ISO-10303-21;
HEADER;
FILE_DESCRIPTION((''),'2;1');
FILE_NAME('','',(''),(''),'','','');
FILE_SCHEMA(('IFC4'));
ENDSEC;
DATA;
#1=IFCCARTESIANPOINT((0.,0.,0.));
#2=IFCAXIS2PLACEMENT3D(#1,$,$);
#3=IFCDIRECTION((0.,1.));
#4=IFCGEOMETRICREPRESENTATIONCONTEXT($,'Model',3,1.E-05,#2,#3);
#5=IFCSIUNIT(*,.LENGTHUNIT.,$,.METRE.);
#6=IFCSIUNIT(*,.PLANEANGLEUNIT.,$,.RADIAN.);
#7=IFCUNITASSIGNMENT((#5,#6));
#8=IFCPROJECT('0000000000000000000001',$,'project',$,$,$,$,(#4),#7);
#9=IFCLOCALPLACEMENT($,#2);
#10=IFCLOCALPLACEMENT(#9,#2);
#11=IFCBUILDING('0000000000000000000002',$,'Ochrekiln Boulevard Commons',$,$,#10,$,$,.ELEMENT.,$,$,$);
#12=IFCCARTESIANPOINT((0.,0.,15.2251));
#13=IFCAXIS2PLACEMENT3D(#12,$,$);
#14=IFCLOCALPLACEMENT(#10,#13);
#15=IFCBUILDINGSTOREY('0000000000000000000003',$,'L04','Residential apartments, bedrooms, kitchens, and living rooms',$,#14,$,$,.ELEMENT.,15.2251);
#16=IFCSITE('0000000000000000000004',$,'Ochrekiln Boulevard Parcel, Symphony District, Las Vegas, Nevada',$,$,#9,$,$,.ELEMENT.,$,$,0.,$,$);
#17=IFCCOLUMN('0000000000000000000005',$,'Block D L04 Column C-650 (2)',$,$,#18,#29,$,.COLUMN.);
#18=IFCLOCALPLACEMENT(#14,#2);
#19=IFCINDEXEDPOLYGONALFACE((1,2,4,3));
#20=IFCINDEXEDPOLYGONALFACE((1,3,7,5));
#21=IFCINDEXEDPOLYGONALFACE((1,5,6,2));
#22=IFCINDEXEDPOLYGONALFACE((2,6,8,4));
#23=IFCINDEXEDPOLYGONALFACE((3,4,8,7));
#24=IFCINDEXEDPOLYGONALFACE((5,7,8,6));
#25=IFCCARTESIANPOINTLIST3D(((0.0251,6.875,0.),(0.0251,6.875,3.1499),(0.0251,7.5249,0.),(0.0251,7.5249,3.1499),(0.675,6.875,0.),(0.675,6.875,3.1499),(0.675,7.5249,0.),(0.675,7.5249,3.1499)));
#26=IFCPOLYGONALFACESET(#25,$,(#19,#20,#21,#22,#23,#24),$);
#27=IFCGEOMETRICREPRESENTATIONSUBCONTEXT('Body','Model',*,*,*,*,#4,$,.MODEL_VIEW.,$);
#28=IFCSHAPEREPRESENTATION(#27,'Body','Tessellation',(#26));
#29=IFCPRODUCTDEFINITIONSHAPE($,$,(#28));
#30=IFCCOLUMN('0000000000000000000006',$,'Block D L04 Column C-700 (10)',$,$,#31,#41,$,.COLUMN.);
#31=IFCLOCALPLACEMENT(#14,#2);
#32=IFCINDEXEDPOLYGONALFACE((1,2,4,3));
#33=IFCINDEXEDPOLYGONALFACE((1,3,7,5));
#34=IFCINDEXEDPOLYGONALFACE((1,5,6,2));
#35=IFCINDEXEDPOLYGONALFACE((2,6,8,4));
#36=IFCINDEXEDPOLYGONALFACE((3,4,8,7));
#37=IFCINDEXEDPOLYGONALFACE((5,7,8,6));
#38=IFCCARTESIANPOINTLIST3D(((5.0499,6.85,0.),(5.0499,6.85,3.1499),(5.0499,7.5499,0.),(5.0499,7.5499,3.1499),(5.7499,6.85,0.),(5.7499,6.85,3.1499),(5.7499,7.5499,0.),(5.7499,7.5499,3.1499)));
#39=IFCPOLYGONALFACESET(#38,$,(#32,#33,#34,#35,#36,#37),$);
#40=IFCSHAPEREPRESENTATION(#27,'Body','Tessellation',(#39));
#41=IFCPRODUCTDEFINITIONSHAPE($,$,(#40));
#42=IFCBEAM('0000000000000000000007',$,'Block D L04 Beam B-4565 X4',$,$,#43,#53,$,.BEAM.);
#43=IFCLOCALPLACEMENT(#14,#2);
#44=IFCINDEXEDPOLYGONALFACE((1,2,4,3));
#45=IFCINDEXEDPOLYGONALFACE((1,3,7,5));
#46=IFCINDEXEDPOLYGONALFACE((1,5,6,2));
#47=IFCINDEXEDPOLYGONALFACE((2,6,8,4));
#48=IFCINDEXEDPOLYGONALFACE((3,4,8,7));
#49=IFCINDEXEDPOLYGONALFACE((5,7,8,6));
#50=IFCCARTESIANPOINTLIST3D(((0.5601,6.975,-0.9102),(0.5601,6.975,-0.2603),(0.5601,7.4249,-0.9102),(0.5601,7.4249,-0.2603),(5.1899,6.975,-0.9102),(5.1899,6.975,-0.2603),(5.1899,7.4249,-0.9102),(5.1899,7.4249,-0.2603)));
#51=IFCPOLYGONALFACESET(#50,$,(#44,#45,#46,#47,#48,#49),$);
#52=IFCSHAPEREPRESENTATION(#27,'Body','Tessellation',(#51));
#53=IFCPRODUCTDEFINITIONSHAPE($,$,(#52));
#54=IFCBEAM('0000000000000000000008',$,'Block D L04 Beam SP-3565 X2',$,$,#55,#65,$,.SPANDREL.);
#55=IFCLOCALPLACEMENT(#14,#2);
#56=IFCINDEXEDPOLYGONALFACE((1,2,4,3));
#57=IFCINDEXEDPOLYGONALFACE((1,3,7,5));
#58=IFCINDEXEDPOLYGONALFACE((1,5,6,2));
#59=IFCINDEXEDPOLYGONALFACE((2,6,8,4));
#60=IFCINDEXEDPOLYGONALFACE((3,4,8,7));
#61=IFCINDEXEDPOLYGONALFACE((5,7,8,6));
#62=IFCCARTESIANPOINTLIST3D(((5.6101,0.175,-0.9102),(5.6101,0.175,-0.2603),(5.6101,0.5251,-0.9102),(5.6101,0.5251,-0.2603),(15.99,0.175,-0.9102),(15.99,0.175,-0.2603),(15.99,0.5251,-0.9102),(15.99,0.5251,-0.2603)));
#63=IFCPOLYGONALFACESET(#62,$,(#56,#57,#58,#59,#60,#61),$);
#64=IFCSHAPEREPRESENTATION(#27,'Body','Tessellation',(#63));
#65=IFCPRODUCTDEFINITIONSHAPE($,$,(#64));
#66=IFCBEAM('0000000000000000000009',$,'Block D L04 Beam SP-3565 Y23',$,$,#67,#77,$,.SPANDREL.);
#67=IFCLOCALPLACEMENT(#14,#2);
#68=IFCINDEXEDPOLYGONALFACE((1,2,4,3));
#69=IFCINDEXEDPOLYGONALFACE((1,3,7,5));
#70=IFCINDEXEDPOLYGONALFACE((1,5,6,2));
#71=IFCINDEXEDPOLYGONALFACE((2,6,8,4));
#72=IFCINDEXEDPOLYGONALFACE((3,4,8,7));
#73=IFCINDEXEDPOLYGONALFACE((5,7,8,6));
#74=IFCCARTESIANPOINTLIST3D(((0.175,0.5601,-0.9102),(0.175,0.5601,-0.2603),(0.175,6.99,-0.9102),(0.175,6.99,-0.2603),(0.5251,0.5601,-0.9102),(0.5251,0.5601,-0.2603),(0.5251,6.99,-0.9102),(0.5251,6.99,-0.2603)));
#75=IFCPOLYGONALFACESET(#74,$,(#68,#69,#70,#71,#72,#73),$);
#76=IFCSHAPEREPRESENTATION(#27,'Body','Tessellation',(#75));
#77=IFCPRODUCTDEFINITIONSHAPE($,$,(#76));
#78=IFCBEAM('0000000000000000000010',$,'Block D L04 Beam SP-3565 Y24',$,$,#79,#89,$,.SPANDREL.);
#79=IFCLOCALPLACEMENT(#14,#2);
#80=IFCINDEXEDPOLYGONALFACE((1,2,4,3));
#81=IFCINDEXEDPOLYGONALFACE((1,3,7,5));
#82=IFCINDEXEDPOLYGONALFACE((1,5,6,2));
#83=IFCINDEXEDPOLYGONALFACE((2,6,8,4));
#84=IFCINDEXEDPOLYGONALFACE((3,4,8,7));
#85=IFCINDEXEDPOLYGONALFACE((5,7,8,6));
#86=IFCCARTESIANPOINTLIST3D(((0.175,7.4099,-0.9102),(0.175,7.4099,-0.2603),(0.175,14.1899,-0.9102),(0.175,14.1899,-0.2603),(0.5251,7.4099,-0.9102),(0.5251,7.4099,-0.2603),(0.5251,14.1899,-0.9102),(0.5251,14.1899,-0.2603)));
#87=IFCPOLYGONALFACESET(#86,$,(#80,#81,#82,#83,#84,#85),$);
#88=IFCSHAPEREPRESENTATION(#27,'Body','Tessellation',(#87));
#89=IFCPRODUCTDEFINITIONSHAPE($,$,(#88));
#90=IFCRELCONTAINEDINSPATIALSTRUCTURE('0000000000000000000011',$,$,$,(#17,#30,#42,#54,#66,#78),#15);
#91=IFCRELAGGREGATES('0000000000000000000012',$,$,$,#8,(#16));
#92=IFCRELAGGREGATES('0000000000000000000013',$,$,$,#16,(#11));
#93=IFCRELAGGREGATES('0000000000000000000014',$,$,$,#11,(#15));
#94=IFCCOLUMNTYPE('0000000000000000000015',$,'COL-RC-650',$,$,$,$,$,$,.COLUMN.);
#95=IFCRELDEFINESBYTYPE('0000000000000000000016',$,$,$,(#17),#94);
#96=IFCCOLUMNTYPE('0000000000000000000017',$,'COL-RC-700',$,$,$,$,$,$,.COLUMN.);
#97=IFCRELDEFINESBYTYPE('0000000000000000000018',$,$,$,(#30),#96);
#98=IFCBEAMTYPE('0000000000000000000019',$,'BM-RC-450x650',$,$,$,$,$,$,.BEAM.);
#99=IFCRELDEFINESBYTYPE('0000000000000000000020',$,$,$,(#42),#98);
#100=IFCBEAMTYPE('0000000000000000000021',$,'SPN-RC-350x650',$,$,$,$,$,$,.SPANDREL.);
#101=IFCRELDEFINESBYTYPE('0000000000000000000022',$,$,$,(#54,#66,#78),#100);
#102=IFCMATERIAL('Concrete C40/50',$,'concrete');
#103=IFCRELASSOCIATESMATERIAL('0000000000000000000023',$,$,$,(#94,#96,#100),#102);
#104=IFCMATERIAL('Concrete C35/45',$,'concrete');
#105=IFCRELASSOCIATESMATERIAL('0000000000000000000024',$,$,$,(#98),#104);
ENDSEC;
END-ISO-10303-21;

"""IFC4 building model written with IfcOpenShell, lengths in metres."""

from ifc_helpers import new_model, si_unit, direction, frame, origin, origin_2d, place, context, subcontext, project, spatial, rectangle, extrude, material, material_profile, profile_set, type_object, element, save


model = new_model("IFC4")

# Units and contexts
model_context = context("Model", 3, precision=1e-05, world=origin(), true_north=direction((0.0, 1.0)))
body_context = subcontext(model_context, "Body", "Model", "MODEL_VIEW")
ifc_project = project(units=[si_unit("LENGTHUNIT", "METRE"), si_unit("PLANEANGLEUNIT", "RADIAN")], contexts=[model_context])

# Site, building, storey
site_placement = place(None, origin())
site = spatial("IfcSite", under=ifc_project, at=site_placement, Name="Ochrekiln Boulevard Parcel, Symphony District, Las Vegas, Nevada", CompositionType="ELEMENT", RefElevation=0.0)
building_placement = place(site_placement, origin())
building = spatial("IfcBuilding", under=site, at=building_placement, Name="Ochrekiln Boulevard Commons", CompositionType="ELEMENT")
storey_placement = place(building_placement, frame((0.0, 0.0, 15.2251)))
storey = spatial("IfcBuildingStorey", under=building, at=storey_placement, Name="L04", Description="Residential apartments, bedrooms, kitchens, and living rooms", CompositionType="ELEMENT", Elevation=15.2251)

# Columns
ifc_material_1 = material(Name="Concrete C40/50", Category="concrete")
ifc_material_profile_1 = material_profile(ifc_material_1, rectangle(XDim=0.6499, YDim=0.6499, at=origin_2d()), Name="RC-COL-650x650")
ifc_profile_set_1 = profile_set([ifc_material_profile_1], Name="Concrete C40/50")
column_type_1 = type_object("IfcColumnType", Name="COL-RC-650", PredefinedType="COLUMN", material=ifc_profile_set_1)
column_1_placement = place(storey_placement, frame((0.3501, 7.2, 0.0), z_axis=(0.0, 0.0, 1.0), x_axis=(1.0, 0.0, 0.0)))
element("IfcColumn", 1, at=column_1_placement, inside=storey, type_object=column_type_1, Name="Block D L04 Column C-650 (2)", PredefinedType="COLUMN", context=body_context, shape_type="SweptSolid", body=[
    extrude(rectangle(XDim=0.6499, YDim=0.6499, at=origin_2d()), origin(), (0.0, 0.0, 1.0), 3.1499),
])
ifc_material_profile_2 = material_profile(ifc_material_1, rectangle(XDim=0.7, YDim=0.7, at=origin_2d()), Name="RC-COL-700x700")
ifc_profile_set_2 = profile_set([ifc_material_profile_2], Name="Concrete C40/50")
column_type_2 = type_object("IfcColumnType", Name="COL-RC-700", PredefinedType="COLUMN", material=ifc_profile_set_2)
column_2_placement = place(storey_placement, frame((5.3999, 7.2, 0.0), z_axis=(0.0, 0.0, 1.0), x_axis=(1.0, 0.0, 0.0)))
element("IfcColumn", 2, at=column_2_placement, inside=storey, type_object=column_type_2, Name="Block D L04 Column C-700 (10)", PredefinedType="COLUMN", context=body_context, shape_type="SweptSolid", body=[
    extrude(rectangle(XDim=0.7, YDim=0.7, at=origin_2d()), origin(), (0.0, 0.0, 1.0), 3.1499),
])

# Beams
ifc_material_2 = material(Name="Concrete C35/45", Category="concrete")
ifc_material_profile_3 = material_profile(ifc_material_2, rectangle(XDim=0.45, YDim=0.6499, at=origin_2d()), Name="RC-BM-450x650")
ifc_profile_set_3 = profile_set([ifc_material_profile_3], Name="Concrete C35/45")
beam_type_1 = type_object("IfcBeamType", Name="BM-RC-450x650", PredefinedType="BEAM", material=ifc_profile_set_3)
beam_1_placement = place(storey_placement, frame((0.5601, 7.2, -0.5852), z_axis=(1.0, 0.0, 0.0), x_axis=(0.0, 1.0, 0.0)))
element("IfcBeam", 3, at=beam_1_placement, inside=storey, type_object=beam_type_1, Name="Block D L04 Beam B-4565 X4", PredefinedType="BEAM", context=body_context, shape_type="SweptSolid", body=[
    extrude(rectangle(XDim=0.45, YDim=0.6499, at=origin_2d()), origin(), (0.0, 0.0, 1.0), 4.6299),
])
ifc_material_profile_4 = material_profile(ifc_material_1, rectangle(XDim=0.3501, YDim=0.6499, at=origin_2d()), Name="RC-SPN-350x650")
ifc_profile_set_4 = profile_set([ifc_material_profile_4], Name="Concrete C40/50")
beam_type_2 = type_object("IfcBeamType", Name="SPN-RC-350x650", PredefinedType="SPANDREL", material=ifc_profile_set_4)
beam_2_placement = place(storey_placement, frame((5.6101, 0.3501, -0.5852), z_axis=(1.0, 0.0, 0.0), x_axis=(0.0, 1.0, 0.0)))
element("IfcBeam", 4, at=beam_2_placement, inside=storey, type_object=beam_type_2, Name="Block D L04 Beam SP-3565 X2", PredefinedType="SPANDREL", context=body_context, shape_type="SweptSolid", body=[
    extrude(rectangle(XDim=0.3501, YDim=0.6499, at=origin_2d()), origin(), (0.0, 0.0, 1.0), 10.3799),
])
beam_3_placement = place(storey_placement, frame((0.3501, 0.5601, -0.5852), z_axis=(0.0, 1.0, 0.0), x_axis=(-1.0, 0.0, 0.0)))
element("IfcBeam", 5, at=beam_3_placement, inside=storey, type_object=beam_type_2, Name="Block D L04 Beam SP-3565 Y23", PredefinedType="SPANDREL", context=body_context, shape_type="SweptSolid", body=[
    extrude(rectangle(XDim=0.3501, YDim=0.6499, at=origin_2d()), origin(), (0.0, 0.0, 1.0), 6.4299),
])
beam_4_placement = place(storey_placement, frame((0.3501, 7.4099, -0.5852), z_axis=(0.0, 1.0, 0.0), x_axis=(-1.0, 0.0, 0.0)))
element("IfcBeam", 6, at=beam_4_placement, inside=storey, type_object=beam_type_2, Name="Block D L04 Beam SP-3565 Y24", PredefinedType="SPANDREL", context=body_context, shape_type="SweptSolid", body=[
    extrude(rectangle(XDim=0.3501, YDim=0.6499, at=origin_2d()), origin(), (0.0, 0.0, 1.0), 6.78),
])

save(model, "model.ifc")
